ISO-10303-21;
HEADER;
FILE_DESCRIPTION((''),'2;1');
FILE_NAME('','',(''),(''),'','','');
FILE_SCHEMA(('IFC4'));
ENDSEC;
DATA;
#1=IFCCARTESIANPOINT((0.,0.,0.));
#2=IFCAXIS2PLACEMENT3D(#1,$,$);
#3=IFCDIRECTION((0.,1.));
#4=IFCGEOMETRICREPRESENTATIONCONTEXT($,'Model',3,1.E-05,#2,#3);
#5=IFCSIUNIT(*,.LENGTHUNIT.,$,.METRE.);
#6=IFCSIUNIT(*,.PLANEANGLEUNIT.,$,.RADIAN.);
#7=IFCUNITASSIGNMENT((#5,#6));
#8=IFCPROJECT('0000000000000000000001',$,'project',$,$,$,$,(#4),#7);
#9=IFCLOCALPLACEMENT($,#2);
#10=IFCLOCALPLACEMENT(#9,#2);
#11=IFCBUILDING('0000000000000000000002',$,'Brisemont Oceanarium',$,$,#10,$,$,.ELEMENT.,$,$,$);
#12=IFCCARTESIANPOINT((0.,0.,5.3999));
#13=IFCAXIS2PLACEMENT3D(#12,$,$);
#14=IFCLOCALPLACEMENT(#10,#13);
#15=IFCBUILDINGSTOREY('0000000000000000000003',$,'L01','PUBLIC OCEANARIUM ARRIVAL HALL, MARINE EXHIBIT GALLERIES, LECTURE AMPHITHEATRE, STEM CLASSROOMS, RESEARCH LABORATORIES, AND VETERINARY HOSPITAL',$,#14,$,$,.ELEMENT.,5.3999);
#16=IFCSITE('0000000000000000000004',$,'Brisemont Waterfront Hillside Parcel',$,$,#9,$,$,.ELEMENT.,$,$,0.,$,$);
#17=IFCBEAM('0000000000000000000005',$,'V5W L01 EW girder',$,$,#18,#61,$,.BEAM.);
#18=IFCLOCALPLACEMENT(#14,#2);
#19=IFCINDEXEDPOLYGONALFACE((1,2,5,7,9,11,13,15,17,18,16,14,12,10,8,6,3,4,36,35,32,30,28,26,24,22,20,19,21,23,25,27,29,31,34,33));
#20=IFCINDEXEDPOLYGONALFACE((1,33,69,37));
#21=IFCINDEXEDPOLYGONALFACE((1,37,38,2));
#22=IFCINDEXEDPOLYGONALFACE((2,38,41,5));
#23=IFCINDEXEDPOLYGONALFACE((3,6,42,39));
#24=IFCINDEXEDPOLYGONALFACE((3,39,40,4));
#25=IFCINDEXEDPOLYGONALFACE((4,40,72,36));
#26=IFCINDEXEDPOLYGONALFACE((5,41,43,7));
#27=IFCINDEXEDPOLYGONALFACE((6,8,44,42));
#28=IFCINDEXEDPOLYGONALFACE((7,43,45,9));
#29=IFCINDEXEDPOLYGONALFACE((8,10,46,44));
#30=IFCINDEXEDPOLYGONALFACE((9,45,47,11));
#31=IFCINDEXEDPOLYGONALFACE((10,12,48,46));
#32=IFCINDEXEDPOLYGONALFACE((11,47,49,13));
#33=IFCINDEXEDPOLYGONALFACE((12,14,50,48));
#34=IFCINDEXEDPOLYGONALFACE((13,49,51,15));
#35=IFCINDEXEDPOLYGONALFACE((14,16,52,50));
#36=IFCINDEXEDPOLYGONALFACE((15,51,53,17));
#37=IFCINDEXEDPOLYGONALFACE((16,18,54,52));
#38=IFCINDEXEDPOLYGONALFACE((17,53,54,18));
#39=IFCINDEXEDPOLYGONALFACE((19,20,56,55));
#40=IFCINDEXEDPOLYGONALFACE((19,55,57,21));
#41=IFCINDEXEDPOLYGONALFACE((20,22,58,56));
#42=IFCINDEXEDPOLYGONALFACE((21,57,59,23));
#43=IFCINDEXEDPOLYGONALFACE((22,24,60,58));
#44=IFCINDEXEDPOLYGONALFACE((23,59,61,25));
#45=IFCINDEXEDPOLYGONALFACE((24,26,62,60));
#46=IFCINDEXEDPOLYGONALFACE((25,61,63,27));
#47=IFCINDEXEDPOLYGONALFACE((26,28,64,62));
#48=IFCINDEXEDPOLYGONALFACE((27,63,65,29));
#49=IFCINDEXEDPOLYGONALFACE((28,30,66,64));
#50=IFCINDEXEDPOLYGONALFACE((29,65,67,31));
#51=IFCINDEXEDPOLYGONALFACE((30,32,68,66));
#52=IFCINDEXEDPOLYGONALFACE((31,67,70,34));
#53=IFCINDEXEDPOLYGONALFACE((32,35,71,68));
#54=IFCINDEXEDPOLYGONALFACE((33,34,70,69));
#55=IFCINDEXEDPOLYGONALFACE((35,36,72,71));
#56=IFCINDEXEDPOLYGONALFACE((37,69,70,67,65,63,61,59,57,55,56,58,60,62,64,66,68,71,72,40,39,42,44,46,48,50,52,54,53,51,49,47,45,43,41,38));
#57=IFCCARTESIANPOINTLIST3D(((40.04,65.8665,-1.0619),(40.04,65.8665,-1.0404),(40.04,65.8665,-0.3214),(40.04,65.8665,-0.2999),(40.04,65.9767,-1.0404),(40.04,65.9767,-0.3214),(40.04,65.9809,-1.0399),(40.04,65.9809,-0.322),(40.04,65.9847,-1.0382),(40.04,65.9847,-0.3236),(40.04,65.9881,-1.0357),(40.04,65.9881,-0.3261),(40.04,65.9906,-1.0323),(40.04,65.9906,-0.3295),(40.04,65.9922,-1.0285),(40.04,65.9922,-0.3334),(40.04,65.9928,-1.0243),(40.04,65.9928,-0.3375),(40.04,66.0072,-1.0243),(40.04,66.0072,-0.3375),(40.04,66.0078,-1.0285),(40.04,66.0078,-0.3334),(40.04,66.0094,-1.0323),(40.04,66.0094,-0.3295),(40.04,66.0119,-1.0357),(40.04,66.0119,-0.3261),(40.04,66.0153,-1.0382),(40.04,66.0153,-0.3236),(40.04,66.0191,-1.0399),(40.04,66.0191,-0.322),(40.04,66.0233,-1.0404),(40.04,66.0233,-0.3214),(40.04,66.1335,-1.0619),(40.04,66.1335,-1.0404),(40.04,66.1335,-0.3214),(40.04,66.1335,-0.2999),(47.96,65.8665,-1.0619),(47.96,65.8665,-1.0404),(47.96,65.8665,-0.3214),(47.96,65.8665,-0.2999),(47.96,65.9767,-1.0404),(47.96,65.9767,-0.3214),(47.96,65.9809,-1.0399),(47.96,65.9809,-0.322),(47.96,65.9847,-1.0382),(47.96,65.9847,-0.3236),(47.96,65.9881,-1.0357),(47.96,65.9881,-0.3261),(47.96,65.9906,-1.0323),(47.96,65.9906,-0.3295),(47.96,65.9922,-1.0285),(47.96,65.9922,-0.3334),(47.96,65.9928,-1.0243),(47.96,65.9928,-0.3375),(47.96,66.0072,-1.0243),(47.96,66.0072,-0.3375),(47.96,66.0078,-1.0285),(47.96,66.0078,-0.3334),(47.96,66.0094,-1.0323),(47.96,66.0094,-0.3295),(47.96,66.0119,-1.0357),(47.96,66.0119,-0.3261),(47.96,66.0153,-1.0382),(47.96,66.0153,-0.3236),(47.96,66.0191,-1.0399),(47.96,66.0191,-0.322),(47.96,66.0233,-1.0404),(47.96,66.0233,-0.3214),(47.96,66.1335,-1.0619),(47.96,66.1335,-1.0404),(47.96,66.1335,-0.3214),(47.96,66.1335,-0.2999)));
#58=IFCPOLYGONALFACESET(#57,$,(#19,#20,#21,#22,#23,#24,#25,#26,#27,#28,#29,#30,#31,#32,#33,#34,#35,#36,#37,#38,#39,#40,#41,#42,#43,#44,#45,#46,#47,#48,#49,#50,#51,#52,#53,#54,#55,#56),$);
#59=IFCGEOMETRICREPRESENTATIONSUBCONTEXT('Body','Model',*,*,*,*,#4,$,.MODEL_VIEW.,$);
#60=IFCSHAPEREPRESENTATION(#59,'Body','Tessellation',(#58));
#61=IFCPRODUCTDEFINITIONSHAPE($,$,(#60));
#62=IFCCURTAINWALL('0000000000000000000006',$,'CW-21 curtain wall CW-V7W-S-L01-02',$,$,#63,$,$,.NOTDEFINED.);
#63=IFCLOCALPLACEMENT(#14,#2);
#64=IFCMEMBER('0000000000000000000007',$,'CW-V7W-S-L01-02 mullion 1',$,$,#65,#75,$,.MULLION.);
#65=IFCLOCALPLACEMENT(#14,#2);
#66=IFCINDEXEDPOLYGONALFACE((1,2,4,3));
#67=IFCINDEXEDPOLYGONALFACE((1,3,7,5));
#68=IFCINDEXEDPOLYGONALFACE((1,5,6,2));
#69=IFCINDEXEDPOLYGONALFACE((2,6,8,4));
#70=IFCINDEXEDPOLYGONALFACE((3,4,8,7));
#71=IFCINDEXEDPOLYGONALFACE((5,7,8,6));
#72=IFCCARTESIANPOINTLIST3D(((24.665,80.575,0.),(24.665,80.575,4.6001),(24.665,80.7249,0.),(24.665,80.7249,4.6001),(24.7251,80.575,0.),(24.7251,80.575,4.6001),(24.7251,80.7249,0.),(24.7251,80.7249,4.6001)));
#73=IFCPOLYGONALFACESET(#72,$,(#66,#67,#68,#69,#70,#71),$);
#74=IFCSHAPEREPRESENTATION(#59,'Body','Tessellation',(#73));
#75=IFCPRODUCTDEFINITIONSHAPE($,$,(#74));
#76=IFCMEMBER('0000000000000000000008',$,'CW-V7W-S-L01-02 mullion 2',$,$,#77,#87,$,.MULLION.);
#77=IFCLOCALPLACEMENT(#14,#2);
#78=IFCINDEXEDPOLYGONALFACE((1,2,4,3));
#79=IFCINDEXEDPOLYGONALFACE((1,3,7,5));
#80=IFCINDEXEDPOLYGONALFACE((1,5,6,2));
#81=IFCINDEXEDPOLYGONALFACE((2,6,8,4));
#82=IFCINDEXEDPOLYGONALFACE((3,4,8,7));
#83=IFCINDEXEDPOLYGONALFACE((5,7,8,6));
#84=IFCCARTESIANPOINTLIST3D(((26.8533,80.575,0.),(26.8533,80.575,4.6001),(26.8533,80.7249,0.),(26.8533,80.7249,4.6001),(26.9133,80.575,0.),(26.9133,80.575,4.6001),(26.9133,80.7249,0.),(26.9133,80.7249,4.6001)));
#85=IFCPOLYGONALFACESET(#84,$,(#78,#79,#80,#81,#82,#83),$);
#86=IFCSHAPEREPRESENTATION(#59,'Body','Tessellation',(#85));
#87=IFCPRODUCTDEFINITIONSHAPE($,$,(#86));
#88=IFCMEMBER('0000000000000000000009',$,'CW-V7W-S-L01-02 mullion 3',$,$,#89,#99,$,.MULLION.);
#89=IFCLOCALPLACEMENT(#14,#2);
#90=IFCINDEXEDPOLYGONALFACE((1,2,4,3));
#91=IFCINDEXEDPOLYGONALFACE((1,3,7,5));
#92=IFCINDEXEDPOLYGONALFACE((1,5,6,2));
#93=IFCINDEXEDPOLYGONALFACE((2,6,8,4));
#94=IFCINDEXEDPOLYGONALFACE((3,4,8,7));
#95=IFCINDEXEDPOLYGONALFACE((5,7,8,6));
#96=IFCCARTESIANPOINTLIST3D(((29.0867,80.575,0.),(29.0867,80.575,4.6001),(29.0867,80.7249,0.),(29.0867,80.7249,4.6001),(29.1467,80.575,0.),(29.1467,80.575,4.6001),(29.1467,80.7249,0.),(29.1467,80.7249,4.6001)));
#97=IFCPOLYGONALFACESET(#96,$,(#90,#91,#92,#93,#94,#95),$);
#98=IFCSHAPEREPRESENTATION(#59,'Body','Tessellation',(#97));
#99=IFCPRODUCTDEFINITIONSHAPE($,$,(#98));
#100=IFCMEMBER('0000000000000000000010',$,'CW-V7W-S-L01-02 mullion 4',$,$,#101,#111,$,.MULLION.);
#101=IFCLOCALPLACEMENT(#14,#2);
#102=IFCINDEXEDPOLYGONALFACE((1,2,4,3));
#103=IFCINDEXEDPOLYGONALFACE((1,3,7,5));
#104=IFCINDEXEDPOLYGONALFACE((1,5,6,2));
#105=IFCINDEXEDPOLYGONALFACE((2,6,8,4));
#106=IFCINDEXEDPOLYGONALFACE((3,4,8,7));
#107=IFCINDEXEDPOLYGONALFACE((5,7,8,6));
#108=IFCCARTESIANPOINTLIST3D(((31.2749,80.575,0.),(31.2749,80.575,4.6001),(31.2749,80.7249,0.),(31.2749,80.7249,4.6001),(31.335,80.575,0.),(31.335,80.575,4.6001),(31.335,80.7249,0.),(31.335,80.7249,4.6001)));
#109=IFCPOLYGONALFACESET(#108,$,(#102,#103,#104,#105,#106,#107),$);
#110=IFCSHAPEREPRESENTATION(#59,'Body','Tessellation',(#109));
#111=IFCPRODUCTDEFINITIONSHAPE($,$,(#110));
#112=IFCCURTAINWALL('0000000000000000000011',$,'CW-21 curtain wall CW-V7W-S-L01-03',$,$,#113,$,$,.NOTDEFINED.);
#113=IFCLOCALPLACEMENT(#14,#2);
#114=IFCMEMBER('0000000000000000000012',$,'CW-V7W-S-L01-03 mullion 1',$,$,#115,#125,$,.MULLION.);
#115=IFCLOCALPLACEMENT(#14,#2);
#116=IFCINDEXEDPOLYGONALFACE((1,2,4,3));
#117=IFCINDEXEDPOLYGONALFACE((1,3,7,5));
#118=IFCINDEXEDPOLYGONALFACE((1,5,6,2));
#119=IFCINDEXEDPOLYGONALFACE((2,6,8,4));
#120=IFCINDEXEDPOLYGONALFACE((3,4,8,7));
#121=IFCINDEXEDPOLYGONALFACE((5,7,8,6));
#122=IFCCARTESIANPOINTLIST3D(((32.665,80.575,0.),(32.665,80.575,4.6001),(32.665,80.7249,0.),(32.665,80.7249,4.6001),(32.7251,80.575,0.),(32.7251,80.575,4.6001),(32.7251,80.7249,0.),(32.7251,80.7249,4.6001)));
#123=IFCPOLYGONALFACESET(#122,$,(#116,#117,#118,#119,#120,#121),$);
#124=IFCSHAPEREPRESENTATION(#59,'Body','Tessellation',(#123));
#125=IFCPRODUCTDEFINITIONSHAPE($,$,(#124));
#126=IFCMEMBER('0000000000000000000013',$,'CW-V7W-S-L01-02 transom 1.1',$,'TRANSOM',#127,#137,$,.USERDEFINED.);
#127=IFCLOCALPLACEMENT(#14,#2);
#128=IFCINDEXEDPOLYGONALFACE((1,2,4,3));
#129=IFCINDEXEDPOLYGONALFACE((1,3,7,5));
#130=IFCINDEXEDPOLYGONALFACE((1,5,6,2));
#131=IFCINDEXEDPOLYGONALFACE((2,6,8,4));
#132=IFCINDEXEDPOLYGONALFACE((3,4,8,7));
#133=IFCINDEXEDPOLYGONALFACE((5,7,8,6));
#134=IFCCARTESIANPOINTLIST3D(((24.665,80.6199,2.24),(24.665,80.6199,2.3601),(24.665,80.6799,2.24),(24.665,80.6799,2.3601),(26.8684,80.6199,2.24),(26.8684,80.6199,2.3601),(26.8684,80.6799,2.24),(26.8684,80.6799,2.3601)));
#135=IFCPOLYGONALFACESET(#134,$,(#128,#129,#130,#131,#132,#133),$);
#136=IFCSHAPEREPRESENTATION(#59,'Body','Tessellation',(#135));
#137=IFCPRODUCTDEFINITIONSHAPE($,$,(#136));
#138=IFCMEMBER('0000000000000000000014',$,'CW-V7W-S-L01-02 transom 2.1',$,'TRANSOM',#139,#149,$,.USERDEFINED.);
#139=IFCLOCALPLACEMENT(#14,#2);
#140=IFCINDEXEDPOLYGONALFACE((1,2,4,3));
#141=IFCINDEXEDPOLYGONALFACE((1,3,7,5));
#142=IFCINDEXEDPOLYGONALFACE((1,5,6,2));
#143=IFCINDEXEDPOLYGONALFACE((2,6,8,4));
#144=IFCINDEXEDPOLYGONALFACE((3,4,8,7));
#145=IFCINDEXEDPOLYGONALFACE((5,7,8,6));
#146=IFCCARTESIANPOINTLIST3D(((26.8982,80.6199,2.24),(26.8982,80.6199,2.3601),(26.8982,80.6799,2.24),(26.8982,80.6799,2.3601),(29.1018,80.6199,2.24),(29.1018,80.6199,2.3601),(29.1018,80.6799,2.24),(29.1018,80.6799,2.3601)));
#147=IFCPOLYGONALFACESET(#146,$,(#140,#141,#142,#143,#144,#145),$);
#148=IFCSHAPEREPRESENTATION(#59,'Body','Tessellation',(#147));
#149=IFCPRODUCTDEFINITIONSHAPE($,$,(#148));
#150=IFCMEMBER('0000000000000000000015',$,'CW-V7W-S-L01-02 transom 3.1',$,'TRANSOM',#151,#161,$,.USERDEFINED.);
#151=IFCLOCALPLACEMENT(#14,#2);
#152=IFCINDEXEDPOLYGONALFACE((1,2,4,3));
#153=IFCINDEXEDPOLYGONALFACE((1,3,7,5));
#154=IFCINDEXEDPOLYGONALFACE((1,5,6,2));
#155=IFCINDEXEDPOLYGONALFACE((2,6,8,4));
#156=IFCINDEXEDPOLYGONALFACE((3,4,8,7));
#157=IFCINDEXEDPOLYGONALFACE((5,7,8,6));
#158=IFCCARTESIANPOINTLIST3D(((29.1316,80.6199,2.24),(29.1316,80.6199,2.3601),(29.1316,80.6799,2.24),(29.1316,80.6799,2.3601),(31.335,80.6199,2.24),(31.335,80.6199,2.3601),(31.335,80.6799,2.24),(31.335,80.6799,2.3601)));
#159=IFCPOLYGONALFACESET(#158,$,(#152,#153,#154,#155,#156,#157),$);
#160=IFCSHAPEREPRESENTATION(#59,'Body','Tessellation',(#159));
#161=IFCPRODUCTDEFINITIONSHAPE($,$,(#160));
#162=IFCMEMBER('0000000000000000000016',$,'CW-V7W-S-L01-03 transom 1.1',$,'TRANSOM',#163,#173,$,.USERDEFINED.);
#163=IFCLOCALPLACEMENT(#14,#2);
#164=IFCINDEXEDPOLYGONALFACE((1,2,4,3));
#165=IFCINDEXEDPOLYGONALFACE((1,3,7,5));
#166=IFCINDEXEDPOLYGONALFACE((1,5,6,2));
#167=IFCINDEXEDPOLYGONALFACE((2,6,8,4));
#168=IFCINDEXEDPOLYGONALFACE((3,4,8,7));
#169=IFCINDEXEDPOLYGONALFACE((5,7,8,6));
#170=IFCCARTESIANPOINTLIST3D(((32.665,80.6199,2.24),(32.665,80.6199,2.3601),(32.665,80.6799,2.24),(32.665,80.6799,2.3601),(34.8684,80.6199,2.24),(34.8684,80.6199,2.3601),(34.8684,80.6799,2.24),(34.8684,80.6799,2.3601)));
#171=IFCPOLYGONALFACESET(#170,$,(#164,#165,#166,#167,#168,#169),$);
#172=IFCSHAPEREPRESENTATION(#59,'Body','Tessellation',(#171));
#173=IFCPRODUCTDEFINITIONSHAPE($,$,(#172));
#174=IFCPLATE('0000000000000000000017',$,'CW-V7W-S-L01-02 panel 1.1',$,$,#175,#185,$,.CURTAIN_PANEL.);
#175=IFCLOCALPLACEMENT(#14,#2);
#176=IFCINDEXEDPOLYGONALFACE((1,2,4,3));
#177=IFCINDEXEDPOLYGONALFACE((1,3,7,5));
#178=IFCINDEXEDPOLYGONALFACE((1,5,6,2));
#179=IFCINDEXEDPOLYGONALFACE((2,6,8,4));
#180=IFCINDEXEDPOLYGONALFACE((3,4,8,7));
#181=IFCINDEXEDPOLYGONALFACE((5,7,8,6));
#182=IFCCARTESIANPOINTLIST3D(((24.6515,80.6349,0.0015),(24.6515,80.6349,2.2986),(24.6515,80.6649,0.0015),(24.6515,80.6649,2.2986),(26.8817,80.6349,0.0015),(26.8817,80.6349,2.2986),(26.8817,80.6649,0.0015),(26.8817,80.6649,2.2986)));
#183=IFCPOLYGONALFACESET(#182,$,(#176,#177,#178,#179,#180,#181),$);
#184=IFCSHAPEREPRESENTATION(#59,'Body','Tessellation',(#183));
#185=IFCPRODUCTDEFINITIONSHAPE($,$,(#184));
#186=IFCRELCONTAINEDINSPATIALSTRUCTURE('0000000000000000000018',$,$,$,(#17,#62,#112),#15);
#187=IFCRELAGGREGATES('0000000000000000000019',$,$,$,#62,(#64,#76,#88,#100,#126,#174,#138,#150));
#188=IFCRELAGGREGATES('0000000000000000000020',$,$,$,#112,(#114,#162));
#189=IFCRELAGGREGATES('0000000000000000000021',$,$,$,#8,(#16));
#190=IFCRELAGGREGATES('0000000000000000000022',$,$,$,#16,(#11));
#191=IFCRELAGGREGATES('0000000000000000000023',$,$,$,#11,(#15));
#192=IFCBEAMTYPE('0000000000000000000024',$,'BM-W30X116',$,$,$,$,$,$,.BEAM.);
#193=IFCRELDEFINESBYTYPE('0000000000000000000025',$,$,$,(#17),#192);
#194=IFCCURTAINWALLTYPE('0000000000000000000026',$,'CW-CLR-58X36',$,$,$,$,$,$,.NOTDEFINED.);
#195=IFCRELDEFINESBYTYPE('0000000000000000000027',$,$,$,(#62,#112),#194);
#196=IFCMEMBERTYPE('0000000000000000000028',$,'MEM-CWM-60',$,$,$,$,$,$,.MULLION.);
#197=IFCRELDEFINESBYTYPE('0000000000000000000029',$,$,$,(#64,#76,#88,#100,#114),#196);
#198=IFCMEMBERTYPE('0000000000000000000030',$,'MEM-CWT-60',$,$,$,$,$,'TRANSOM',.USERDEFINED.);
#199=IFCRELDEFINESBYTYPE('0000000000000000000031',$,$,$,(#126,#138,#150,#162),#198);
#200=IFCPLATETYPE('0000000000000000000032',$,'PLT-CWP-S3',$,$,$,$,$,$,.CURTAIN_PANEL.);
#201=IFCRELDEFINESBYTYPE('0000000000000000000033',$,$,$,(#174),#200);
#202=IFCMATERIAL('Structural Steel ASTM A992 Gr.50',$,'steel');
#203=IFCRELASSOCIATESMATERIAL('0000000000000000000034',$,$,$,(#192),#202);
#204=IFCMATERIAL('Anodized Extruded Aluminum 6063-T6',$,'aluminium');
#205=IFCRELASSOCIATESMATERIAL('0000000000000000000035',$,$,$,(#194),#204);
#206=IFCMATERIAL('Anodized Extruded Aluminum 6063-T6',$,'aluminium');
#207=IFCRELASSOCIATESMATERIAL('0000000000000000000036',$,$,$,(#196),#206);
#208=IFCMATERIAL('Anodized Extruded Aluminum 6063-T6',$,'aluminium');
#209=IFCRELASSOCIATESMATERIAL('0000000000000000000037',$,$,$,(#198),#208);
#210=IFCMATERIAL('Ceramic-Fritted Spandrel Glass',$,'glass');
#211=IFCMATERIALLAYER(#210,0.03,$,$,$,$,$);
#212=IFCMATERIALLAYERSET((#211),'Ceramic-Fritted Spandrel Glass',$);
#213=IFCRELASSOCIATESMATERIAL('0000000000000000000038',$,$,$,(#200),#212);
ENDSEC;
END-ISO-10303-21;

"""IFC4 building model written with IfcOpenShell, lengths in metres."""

from ifc_helpers import new_model, si_unit, direction, frame, origin, origin_2d, place, context, subcontext, project, spatial, rectangle, i_section, extrude, material, layer, layer_set, material_profile, profile_set, type_object, element, aggregate, save


model = new_model("IFC4")

# Units and contexts
model_context = context("Model", 3, precision=1e-05, world=origin(), true_north=direction((0.0, 1.0)))
body_context = subcontext(model_context, "Body", "Model", "MODEL_VIEW")
ifc_project = project(units=[si_unit("LENGTHUNIT", "METRE"), si_unit("PLANEANGLEUNIT", "RADIAN")], contexts=[model_context])

# Site, building, storey
site_placement = place(None, origin())
site = spatial("IfcSite", under=ifc_project, at=site_placement, Name="Brisemont Waterfront Hillside Parcel", CompositionType="ELEMENT", RefElevation=0.0)
building_placement = place(site_placement, origin())
building = spatial("IfcBuilding", under=site, at=building_placement, Name="Brisemont Oceanarium", CompositionType="ELEMENT")
storey_placement = place(building_placement, frame((0.0, 0.0, 5.3999)))
storey = spatial("IfcBuildingStorey", under=building, at=storey_placement, Name="L01", Description="PUBLIC OCEANARIUM ARRIVAL HALL, MARINE EXHIBIT GALLERIES, LECTURE AMPHITHEATRE, STEM CLASSROOMS, RESEARCH LABORATORIES, AND VETERINARY HOSPITAL", CompositionType="ELEMENT", Elevation=5.3999)

# Beam
ifc_material_1 = material(Name="Structural Steel ASTM A992 Gr.50", Category="steel")
ifc_material_profile_1 = material_profile(ifc_material_1, i_section(OverallWidth=0.2671, OverallDepth=0.762, WebThickness=0.0144, FlangeThickness=0.0215, FilletRadius=0.0161, at=origin_2d()), Name="W30X116")
ifc_profile_set_1 = profile_set([ifc_material_profile_1], Name="Structural Steel ASTM A992 Gr.50")
beam_type_1 = type_object("IfcBeamType", Name="BM-W30X116", PredefinedType="BEAM", material=ifc_profile_set_1)
beam_1_placement = place(storey_placement, frame((40.04, 66.0, -0.6809), z_axis=(1.0, 0.0, 0.0), x_axis=(0.0, 1.0, 0.0)))
element("IfcBeam", 1, at=beam_1_placement, inside=storey, type_object=beam_type_1, Name="V5W L01 EW girder", PredefinedType="BEAM", context=body_context, shape_type="SweptSolid", body=[
    extrude(i_section(OverallWidth=0.2671, OverallDepth=0.762, WebThickness=0.0144, FlangeThickness=0.0215, FilletRadius=0.0161, at=origin_2d()), origin(), (0.0, 0.0, 1.0), 7.9199),
])

# Curtain wall, members
ifc_material_2 = material(Name="Anodized Extruded Aluminum 6063-T6", Category="aluminium")
curtain_wall_type = type_object("IfcCurtainWallType", Name="CW-CLR-58X36", PredefinedType="NOTDEFINED", material=ifc_material_2)
curtain_wall_1_placement = place(storey_placement, origin())
curtain_wall_1 = element("IfcCurtainWall", 2, at=curtain_wall_1_placement, inside=storey, type_object=curtain_wall_type, Name="CW-21 curtain wall CW-V7W-S-L01-02", PredefinedType="NOTDEFINED")
ifc_material_3 = material(Name="Anodized Extruded Aluminum 6063-T6", Category="aluminium")
ifc_material_profile_2 = material_profile(ifc_material_3, rectangle(XDim=0.0601, YDim=0.1499, at=origin_2d()), Name="CWM-60X150")
ifc_profile_set_2 = profile_set([ifc_material_profile_2], Name="Anodized Extruded Aluminum 6063-T6")
member_type_1 = type_object("IfcMemberType", Name="MEM-CWM-60", PredefinedType="MULLION", material=ifc_profile_set_2)
member_1_placement = place(storey_placement, frame((24.6951, 80.6499, 0.0), z_axis=(0.0, 0.0, 1.0), x_axis=(1.0, 0.0, 0.0)))
member_1 = element("IfcMember", 3, at=member_1_placement, type_object=member_type_1, Name="CW-V7W-S-L01-02 mullion 1", PredefinedType="MULLION", context=body_context, shape_type="SweptSolid", body=[
    extrude(rectangle(XDim=0.0601, YDim=0.1499, at=origin_2d()), origin(), (0.0, 0.0, 1.0), 4.6001),
])
member_2_placement = place(storey_placement, frame((26.8833, 80.6499, 0.0), z_axis=(0.0, 0.0, 1.0), x_axis=(1.0, 0.0, 0.0)))
member_2 = element("IfcMember", 4, at=member_2_placement, type_object=member_type_1, Name="CW-V7W-S-L01-02 mullion 2", PredefinedType="MULLION", context=body_context, shape_type="SweptSolid", body=[
    extrude(rectangle(XDim=0.0601, YDim=0.1499, at=origin_2d()), origin(), (0.0, 0.0, 1.0), 4.6001),
])
member_3_placement = place(storey_placement, frame((29.1167, 80.6499, 0.0), z_axis=(0.0, 0.0, 1.0), x_axis=(1.0, 0.0, 0.0)))
member_3 = element("IfcMember", 5, at=member_3_placement, type_object=member_type_1, Name="CW-V7W-S-L01-02 mullion 3", PredefinedType="MULLION", context=body_context, shape_type="SweptSolid", body=[
    extrude(rectangle(XDim=0.0601, YDim=0.1499, at=origin_2d()), origin(), (0.0, 0.0, 1.0), 4.6001),
])
member_4_placement = place(storey_placement, frame((31.3049, 80.6499, 0.0), z_axis=(0.0, 0.0, 1.0), x_axis=(1.0, 0.0, 0.0)))
member_4 = element("IfcMember", 6, at=member_4_placement, type_object=member_type_1, Name="CW-V7W-S-L01-02 mullion 4", PredefinedType="MULLION", context=body_context, shape_type="SweptSolid", body=[
    extrude(rectangle(XDim=0.0601, YDim=0.1499, at=origin_2d()), origin(), (0.0, 0.0, 1.0), 4.6001),
])

# Curtain wall, member
curtain_wall_2_placement = place(storey_placement, origin())
curtain_wall_2 = element("IfcCurtainWall", 7, at=curtain_wall_2_placement, inside=storey, type_object=curtain_wall_type, Name="CW-21 curtain wall CW-V7W-S-L01-03", PredefinedType="NOTDEFINED")
member_5_placement = place(storey_placement, frame((32.6951, 80.6499, 0.0), z_axis=(0.0, 0.0, 1.0), x_axis=(1.0, 0.0, 0.0)))
member_5 = element("IfcMember", 8, at=member_5_placement, type_object=member_type_1, Name="CW-V7W-S-L01-03 mullion 1", PredefinedType="MULLION", context=body_context, shape_type="SweptSolid", body=[
    extrude(rectangle(XDim=0.0601, YDim=0.1499, at=origin_2d()), origin(), (0.0, 0.0, 1.0), 4.6001),
])

# Members
ifc_material_4 = material(Name="Anodized Extruded Aluminum 6063-T6", Category="aluminium")
ifc_material_profile_3 = material_profile(ifc_material_4, rectangle(XDim=0.0601, YDim=0.1201, at=origin_2d()), Name="CWT-60X120")
ifc_profile_set_3 = profile_set([ifc_material_profile_3], Name="Anodized Extruded Aluminum 6063-T6")
member_type_2 = type_object("IfcMemberType", Name="MEM-CWT-60", ElementType="TRANSOM", PredefinedType="USERDEFINED", material=ifc_profile_set_3)
member_6_placement = place(storey_placement, frame((24.665, 80.6499, 2.3), z_axis=(1.0, 0.0, 0.0), x_axis=(0.0, 1.0, 0.0)))
member_6 = element("IfcMember", 9, at=member_6_placement, type_object=member_type_2, Name="CW-V7W-S-L01-02 transom 1.1", ObjectType="TRANSOM", PredefinedType="USERDEFINED", context=body_context, shape_type="SweptSolid", body=[
    extrude(rectangle(XDim=0.0601, YDim=0.1201, at=origin_2d()), origin(), (0.0, 0.0, 1.0), 2.2034),
])
member_7_placement = place(storey_placement, frame((26.8982, 80.6499, 2.3), z_axis=(1.0, 0.0, 0.0), x_axis=(0.0, 1.0, 0.0)))
member_7 = element("IfcMember", 10, at=member_7_placement, type_object=member_type_2, Name="CW-V7W-S-L01-02 transom 2.1", ObjectType="TRANSOM", PredefinedType="USERDEFINED", context=body_context, shape_type="SweptSolid", body=[
    extrude(rectangle(XDim=0.0601, YDim=0.1201, at=origin_2d()), origin(), (0.0, 0.0, 1.0), 2.2036),
])
member_8_placement = place(storey_placement, frame((29.1316, 80.6499, 2.3), z_axis=(1.0, 0.0, 0.0), x_axis=(0.0, 1.0, 0.0)))
member_8 = element("IfcMember", 11, at=member_8_placement, type_object=member_type_2, Name="CW-V7W-S-L01-02 transom 3.1", ObjectType="TRANSOM", PredefinedType="USERDEFINED", context=body_context, shape_type="SweptSolid", body=[
    extrude(rectangle(XDim=0.0601, YDim=0.1201, at=origin_2d()), origin(), (0.0, 0.0, 1.0), 2.2034),
])
member_9_placement = place(storey_placement, frame((32.665, 80.6499, 2.3), z_axis=(1.0, 0.0, 0.0), x_axis=(0.0, 1.0, 0.0)))
member_9 = element("IfcMember", 12, at=member_9_placement, type_object=member_type_2, Name="CW-V7W-S-L01-03 transom 1.1", ObjectType="TRANSOM", PredefinedType="USERDEFINED", context=body_context, shape_type="SweptSolid", body=[
    extrude(rectangle(XDim=0.0601, YDim=0.1201, at=origin_2d()), origin(), (0.0, 0.0, 1.0), 2.2034),
])

# Plate
ifc_material_5 = material(Name="Ceramic-Fritted Spandrel Glass", Category="glass")
ifc_layer_1 = layer(ifc_material_5, 0.03)
ifc_layer_set_1 = layer_set([ifc_layer_1], Name="Ceramic-Fritted Spandrel Glass")
plate_type = type_object("IfcPlateType", Name="PLT-CWP-S3", PredefinedType="CURTAIN_PANEL", material=ifc_layer_set_1)
plate_1_placement = place(storey_placement, frame((25.7666, 80.6499, 0.0015), z_axis=(0.0, 0.0, 1.0), x_axis=(1.0, 0.0, 0.0)))
plate_1 = element("IfcPlate", 13, at=plate_1_placement, type_object=plate_type, Name="CW-V7W-S-L01-02 panel 1.1", PredefinedType="CURTAIN_PANEL", context=body_context, shape_type="SweptSolid", body=[
    extrude(rectangle(XDim=2.2302, YDim=0.03, at=origin_2d()), origin(), (0.0, 0.0, 1.0), 2.2971),
])
aggregate(curtain_wall_1, [member_1, member_2, member_3, member_4, member_6, plate_1, member_7, member_8])
aggregate(curtain_wall_2, [member_5, member_9])

save(model, "model.ifc")
